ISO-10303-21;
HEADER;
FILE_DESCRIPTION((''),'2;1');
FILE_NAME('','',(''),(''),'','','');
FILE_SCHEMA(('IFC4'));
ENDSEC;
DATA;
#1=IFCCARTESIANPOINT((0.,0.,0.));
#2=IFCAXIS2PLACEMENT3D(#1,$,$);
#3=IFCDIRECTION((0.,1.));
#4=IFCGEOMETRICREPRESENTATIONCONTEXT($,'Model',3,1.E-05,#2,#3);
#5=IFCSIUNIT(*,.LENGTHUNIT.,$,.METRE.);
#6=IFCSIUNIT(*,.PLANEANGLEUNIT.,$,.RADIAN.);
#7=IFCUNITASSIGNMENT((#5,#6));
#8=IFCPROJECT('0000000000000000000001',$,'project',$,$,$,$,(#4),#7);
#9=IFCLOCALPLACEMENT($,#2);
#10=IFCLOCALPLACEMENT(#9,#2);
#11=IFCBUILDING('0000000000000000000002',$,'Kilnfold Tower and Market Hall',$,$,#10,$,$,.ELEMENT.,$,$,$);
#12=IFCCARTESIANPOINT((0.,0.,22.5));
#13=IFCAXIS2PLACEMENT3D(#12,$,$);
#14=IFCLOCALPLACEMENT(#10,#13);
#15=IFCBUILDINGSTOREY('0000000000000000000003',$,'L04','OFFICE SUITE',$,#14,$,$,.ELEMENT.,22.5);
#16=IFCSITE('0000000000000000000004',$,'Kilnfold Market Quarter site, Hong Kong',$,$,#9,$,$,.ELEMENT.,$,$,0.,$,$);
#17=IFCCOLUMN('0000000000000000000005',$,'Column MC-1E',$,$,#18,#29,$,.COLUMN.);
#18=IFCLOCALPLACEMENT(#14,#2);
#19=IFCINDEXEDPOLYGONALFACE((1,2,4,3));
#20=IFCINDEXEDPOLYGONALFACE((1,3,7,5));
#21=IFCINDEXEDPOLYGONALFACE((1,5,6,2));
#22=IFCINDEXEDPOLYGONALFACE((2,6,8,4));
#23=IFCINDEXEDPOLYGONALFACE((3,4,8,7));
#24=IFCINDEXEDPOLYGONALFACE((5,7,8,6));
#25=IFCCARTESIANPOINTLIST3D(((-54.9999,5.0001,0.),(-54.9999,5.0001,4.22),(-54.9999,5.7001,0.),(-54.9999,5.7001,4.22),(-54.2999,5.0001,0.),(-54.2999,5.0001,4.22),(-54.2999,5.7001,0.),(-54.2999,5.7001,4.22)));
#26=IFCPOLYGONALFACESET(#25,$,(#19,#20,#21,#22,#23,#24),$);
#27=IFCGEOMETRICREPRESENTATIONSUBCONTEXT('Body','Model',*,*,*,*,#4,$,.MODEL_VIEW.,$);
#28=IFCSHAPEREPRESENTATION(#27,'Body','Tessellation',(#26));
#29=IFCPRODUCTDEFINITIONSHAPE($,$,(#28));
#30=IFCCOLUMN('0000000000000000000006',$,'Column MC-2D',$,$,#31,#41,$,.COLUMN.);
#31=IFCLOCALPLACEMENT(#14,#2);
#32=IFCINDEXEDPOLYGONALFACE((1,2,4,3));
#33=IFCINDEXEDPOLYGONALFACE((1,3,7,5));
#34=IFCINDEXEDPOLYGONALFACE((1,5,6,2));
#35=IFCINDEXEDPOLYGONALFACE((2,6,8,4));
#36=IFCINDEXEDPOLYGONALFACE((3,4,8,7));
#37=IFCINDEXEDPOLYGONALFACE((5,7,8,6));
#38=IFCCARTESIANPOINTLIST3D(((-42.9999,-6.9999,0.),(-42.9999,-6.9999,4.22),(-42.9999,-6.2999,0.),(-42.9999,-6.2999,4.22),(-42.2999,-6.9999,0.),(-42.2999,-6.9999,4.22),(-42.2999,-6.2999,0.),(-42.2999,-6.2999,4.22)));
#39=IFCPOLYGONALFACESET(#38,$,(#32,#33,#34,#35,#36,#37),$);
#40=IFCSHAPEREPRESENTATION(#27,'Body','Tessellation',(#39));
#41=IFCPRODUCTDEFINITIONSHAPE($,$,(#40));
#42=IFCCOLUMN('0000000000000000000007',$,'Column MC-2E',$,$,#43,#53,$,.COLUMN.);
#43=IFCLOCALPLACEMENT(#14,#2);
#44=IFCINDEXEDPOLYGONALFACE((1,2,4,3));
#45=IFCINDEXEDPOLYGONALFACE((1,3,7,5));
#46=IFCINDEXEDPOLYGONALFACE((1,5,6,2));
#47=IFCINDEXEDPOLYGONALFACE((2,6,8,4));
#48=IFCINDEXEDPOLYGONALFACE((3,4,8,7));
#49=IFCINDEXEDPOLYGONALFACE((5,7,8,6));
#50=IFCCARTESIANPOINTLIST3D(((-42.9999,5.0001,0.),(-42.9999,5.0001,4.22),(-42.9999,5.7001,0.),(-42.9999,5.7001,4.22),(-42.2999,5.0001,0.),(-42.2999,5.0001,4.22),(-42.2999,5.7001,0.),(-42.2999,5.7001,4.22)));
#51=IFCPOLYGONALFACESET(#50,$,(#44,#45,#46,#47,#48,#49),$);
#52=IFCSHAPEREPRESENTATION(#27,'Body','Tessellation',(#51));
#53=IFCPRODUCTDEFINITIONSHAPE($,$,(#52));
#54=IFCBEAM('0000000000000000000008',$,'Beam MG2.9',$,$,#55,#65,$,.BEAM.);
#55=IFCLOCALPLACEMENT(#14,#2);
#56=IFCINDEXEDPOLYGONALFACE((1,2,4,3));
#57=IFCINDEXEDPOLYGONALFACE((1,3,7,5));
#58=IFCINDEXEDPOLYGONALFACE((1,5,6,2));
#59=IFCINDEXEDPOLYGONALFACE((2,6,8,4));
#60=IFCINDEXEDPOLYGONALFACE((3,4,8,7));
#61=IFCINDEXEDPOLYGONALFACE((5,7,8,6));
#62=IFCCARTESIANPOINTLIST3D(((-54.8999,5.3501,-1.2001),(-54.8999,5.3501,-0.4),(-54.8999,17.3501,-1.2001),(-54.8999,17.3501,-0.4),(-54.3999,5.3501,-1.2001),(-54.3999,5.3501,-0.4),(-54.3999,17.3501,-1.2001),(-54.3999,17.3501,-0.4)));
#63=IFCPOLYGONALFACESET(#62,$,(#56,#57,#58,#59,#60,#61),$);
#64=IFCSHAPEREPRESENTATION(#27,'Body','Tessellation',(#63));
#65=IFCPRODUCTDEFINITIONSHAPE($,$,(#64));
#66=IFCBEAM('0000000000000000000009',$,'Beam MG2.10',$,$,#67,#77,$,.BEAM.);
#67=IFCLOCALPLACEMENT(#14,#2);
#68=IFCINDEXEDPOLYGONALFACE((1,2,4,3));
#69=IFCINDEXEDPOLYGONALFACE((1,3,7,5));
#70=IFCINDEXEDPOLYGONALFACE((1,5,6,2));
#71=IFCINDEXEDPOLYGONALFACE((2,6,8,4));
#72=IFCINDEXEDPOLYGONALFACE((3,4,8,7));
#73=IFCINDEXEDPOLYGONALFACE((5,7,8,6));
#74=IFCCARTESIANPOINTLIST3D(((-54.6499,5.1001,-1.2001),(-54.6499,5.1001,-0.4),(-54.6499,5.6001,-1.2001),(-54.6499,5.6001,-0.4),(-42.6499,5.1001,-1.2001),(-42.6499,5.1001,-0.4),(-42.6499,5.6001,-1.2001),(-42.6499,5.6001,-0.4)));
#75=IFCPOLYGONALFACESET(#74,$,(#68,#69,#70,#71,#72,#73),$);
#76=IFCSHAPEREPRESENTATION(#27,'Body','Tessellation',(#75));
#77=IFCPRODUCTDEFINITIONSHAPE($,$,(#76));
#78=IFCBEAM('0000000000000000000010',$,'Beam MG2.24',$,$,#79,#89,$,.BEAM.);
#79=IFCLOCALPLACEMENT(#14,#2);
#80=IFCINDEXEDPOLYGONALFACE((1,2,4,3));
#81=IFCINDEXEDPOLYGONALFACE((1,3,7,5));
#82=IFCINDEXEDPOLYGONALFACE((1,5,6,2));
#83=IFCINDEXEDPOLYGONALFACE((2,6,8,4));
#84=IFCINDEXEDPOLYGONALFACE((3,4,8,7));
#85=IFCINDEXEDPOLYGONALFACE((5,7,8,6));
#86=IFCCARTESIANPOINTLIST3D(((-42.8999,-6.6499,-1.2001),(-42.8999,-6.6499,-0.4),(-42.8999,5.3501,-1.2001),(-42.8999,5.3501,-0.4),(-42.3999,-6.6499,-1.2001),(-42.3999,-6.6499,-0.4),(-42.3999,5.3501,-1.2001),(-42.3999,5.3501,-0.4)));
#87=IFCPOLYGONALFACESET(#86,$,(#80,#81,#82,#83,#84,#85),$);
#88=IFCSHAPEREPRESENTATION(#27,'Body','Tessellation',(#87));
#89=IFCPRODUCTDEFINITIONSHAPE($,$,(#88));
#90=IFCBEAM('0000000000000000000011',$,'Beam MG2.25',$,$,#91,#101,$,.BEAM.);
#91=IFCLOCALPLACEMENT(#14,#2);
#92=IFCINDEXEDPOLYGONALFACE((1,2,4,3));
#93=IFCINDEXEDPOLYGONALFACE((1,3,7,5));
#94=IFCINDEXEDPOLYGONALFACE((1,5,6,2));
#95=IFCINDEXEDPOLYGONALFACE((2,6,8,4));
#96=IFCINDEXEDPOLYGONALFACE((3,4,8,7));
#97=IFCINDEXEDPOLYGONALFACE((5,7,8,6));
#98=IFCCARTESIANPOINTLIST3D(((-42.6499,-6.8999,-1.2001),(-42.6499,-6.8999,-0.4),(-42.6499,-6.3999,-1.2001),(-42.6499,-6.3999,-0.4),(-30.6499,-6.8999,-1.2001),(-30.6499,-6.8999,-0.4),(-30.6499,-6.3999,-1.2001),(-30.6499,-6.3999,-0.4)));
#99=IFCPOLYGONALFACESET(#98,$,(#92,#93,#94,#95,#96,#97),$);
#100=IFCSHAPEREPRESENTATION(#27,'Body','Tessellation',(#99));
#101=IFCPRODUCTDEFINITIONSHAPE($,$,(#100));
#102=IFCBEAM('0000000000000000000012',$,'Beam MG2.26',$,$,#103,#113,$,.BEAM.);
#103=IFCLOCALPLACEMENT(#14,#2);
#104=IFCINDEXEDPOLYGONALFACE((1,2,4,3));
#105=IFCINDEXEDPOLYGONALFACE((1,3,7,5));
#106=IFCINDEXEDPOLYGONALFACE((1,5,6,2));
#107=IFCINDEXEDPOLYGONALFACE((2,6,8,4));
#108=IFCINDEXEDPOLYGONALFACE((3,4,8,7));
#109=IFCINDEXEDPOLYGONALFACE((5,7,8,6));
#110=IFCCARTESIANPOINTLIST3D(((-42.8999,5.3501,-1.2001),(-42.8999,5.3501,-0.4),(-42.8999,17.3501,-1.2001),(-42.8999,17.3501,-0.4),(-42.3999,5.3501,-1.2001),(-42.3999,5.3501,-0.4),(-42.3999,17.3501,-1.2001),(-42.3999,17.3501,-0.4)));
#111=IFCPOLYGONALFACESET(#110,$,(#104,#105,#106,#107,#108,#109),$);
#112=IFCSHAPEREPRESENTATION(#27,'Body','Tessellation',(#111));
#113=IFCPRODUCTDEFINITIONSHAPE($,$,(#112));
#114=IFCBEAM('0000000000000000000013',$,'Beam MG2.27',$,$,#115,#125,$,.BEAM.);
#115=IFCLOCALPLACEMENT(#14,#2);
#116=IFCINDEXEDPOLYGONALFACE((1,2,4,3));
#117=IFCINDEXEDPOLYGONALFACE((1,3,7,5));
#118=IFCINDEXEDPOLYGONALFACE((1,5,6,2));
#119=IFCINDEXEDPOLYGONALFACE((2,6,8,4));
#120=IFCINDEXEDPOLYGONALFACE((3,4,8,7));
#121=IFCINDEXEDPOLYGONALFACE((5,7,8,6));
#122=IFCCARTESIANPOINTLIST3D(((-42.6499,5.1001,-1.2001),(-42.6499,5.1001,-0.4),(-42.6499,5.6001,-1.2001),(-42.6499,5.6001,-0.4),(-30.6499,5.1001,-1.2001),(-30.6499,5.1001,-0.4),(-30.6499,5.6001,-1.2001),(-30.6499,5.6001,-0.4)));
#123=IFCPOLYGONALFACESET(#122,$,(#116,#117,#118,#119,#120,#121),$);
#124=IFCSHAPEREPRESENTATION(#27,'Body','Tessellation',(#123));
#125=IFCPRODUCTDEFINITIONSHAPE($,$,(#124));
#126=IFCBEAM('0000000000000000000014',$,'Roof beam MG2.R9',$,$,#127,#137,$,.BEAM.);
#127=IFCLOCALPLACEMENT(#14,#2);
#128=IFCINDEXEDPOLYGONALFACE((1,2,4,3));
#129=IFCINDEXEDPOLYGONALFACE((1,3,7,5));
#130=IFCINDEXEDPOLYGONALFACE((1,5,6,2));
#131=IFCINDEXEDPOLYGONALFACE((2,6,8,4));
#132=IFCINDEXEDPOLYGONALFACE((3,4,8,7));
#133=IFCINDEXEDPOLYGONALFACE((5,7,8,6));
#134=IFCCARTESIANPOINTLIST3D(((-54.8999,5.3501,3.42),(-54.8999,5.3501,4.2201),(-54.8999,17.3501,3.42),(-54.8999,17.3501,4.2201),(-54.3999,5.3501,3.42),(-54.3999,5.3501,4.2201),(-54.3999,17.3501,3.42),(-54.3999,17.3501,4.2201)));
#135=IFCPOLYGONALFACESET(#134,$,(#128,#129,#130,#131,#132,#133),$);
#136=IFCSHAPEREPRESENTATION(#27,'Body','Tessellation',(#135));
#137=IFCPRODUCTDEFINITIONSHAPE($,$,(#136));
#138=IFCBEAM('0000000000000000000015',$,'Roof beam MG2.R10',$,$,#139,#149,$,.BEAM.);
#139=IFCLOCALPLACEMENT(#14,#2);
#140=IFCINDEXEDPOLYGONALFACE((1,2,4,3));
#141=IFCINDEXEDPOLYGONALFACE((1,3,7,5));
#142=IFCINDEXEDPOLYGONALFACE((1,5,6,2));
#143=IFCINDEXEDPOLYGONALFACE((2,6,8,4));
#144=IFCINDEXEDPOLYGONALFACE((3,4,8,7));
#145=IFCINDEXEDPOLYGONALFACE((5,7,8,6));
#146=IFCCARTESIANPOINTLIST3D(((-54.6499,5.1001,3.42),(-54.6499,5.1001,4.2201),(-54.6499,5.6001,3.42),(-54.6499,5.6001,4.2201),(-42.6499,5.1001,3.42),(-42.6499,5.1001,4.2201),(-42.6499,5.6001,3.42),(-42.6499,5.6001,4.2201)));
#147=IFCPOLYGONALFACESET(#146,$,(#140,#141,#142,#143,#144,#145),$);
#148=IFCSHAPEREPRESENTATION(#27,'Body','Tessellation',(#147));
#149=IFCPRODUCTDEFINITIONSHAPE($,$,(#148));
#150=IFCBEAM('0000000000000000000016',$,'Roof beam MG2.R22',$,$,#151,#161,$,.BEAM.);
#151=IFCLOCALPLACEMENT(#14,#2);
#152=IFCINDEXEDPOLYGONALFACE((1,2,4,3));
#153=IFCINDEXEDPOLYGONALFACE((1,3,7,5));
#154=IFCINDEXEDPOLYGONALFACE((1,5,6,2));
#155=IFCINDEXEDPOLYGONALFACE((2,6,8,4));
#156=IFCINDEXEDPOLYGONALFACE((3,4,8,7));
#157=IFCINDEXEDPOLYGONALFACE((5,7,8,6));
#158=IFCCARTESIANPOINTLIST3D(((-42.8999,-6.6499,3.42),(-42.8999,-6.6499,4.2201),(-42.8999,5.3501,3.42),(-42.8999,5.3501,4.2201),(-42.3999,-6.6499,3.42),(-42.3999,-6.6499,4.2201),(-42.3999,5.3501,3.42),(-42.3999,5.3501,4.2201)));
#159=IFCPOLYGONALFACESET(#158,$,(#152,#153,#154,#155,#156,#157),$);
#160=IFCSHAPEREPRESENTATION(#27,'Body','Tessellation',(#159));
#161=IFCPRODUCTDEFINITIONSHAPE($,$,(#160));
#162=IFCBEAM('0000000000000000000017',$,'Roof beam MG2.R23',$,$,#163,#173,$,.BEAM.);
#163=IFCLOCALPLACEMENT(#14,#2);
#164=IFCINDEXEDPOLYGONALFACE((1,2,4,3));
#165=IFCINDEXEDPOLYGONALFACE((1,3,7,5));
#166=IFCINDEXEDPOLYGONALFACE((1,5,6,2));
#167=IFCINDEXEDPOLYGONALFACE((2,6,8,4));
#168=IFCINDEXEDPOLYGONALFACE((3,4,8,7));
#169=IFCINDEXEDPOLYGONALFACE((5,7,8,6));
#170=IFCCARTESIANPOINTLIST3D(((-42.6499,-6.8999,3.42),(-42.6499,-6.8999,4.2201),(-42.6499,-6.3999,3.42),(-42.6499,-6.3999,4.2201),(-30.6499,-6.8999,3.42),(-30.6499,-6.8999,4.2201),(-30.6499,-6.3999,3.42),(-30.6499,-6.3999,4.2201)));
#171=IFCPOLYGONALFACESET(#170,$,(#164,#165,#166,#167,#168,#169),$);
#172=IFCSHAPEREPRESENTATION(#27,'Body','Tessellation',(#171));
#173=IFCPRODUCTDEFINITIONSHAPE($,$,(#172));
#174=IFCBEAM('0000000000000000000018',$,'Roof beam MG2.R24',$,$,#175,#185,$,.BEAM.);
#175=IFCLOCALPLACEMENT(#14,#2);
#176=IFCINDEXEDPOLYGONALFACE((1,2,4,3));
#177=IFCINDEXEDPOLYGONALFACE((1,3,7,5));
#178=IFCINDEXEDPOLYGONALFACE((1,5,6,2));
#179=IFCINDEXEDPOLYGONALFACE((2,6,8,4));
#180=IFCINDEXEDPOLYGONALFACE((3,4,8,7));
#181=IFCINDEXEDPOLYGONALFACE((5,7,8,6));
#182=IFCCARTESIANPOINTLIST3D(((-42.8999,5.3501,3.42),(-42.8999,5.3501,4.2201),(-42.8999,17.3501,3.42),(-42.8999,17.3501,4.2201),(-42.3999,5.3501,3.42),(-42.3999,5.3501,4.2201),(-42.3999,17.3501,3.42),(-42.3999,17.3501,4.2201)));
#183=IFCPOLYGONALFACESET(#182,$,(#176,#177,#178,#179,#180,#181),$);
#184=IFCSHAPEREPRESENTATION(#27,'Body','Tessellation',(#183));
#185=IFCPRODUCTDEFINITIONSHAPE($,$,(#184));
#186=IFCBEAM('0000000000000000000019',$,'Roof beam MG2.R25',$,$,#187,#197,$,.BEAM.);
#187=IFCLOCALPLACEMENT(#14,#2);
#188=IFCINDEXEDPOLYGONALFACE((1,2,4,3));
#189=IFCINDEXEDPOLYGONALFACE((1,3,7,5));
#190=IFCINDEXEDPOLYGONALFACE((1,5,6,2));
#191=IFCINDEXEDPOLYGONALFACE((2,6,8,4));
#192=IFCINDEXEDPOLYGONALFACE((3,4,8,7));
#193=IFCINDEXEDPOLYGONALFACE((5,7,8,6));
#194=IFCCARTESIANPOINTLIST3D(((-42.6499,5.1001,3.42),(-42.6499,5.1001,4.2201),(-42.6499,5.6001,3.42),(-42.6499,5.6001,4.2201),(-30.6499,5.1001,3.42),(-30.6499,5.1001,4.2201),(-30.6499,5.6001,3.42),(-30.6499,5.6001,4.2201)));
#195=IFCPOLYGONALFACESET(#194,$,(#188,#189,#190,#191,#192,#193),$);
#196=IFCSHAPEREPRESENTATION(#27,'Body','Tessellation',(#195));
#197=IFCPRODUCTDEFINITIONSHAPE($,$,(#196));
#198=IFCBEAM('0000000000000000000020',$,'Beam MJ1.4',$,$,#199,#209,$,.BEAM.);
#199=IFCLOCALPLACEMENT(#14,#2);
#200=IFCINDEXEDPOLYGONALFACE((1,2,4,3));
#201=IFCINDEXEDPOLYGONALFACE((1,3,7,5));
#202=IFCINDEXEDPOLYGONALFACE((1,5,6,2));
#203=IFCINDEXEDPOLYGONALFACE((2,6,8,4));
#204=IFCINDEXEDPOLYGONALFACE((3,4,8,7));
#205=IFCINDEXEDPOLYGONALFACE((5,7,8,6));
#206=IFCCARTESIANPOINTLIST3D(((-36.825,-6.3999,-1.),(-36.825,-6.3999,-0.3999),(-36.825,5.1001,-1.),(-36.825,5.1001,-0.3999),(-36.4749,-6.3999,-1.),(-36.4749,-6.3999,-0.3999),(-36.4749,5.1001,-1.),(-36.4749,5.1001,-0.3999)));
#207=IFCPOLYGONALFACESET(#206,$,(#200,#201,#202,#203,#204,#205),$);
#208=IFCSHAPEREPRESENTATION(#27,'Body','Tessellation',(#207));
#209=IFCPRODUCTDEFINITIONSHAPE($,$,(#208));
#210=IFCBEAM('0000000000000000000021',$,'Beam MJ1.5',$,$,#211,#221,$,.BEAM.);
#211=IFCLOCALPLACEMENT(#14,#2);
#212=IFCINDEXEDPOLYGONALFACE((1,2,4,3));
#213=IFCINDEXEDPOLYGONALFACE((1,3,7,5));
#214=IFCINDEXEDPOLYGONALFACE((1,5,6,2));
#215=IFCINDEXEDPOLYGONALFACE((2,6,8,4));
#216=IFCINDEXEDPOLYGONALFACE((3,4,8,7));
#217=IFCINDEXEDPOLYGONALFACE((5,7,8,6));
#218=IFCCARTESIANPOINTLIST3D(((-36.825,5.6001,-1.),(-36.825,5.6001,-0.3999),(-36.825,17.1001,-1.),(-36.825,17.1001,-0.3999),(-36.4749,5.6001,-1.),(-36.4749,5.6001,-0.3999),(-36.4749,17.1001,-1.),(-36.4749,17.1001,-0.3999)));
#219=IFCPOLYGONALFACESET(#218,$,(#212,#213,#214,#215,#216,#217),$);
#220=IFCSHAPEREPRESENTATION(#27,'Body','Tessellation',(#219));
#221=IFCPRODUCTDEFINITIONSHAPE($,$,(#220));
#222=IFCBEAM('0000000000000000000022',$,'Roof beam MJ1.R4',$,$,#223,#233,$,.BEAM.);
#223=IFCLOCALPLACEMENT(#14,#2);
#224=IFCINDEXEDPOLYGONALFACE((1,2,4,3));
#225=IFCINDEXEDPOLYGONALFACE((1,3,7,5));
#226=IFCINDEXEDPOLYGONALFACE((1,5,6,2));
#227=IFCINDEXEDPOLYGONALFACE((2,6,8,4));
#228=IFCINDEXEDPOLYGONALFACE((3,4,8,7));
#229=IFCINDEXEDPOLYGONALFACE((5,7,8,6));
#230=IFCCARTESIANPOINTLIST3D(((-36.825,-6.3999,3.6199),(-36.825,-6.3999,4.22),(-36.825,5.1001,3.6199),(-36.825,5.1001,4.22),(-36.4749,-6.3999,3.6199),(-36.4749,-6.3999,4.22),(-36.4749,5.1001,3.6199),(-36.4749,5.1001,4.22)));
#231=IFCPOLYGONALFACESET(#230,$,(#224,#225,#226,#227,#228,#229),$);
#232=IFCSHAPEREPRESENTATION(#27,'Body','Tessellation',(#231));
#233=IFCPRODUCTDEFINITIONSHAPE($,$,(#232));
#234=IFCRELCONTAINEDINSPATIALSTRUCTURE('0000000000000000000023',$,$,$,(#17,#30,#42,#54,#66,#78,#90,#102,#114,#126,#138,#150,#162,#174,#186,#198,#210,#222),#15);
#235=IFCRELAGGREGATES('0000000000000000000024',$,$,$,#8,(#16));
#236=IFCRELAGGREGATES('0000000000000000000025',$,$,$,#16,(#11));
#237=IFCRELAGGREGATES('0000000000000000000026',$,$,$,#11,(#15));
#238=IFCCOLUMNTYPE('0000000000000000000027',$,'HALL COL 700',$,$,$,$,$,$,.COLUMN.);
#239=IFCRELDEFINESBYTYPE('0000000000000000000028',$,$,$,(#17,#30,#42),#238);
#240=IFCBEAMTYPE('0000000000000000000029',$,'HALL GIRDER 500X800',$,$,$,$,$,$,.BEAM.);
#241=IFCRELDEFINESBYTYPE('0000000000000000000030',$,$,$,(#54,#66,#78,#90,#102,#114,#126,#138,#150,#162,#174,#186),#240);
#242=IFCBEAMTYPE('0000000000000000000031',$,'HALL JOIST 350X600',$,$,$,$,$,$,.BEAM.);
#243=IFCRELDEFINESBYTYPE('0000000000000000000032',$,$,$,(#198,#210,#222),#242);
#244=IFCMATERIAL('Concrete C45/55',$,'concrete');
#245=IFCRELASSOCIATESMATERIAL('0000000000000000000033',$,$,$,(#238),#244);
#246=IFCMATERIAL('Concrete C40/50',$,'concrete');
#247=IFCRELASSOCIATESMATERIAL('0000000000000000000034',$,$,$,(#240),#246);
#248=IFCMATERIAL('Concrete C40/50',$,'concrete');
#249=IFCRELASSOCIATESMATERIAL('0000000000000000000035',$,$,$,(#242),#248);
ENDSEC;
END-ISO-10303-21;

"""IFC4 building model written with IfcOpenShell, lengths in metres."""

from ifc_helpers import new_model, si_unit, direction, frame, origin, origin_2d, place, context, subcontext, project, spatial, rectangle, extrude, source, transform, mapped, material, material_profile, profile_set, type_object, element, save


model = new_model("IFC4")

# Units and contexts
model_context = context("Model", 3, precision=1e-05, world=origin(), true_north=direction((0.0, 1.0)))
body_context = subcontext(model_context, "Body", "Model", "MODEL_VIEW")
ifc_project = project(units=[si_unit("LENGTHUNIT", "METRE"), si_unit("PLANEANGLEUNIT", "RADIAN")], contexts=[model_context])

# Site, building, storey
site_placement = place(None, origin())
site = spatial("IfcSite", under=ifc_project, at=site_placement, Name="Kilnfold Market Quarter site, Hong Kong", CompositionType="ELEMENT", RefElevation=0.0)
building_placement = place(site_placement, origin())
building = spatial("IfcBuilding", under=site, at=building_placement, Name="Kilnfold Tower and Market Hall", CompositionType="ELEMENT")
storey_placement = place(building_placement, frame((0.0, 0.0, 22.5)))
storey = spatial("IfcBuildingStorey", under=building, at=storey_placement, Name="L04", Description="OFFICE SUITE", CompositionType="ELEMENT", Elevation=22.5)

# Columns
ifc_material_1 = material(Name="Concrete C45/55", Category="concrete")
ifc_material_profile_1 = material_profile(ifc_material_1, rectangle(XDim=0.7, YDim=0.7, at=origin_2d()), Name="RC 700x700")
ifc_profile_set_1 = profile_set([ifc_material_profile_1], Name="Concrete C45/55")
column_type = type_object("IfcColumnType", Name="HALL COL 700", PredefinedType="COLUMN", material=ifc_profile_set_1)
shared_shape_1 = source(origin(), body_context, "Body", "SweptSolid", [
    extrude(rectangle(XDim=0.7, YDim=0.7, at=origin_2d()), origin(), (0.0, 0.0, 1.0), 4.22),
])
for number, where, z_axis, x_axis, name in (
    (1, (-54.6499, 5.3501, 0.0), (0.0, 0.0, 1.0), (1.0, 0.0, 0.0), "Column MC-1E"),
    (2, (-42.6499, -6.6499, 0.0), (0.0, 0.0, 1.0), (1.0, 0.0, 0.0), "Column MC-2D"),
    (3, (-42.6499, 5.3501, 0.0), (0.0, 0.0, 1.0), (1.0, 0.0, 0.0), "Column MC-2E"),
):
    element("IfcColumn", number, at=place(storey_placement, frame(where, z_axis=z_axis, x_axis=x_axis)), inside=storey, type_object=column_type, Name=name, PredefinedType="COLUMN", context=body_context, shape_type="MappedRepresentation", body=[
        mapped(shared_shape_1, transform((0.0, 0.0, 0.0))),
    ])

# Beams
ifc_material_2 = material(Name="Concrete C40/50", Category="concrete")
ifc_material_profile_2 = material_profile(ifc_material_2, rectangle(XDim=0.5, YDim=0.8, at=origin_2d()), Name="RC 500x800")
ifc_profile_set_2 = profile_set([ifc_material_profile_2], Name="Concrete C40/50")
beam_type_1 = type_object("IfcBeamType", Name="HALL GIRDER 500X800", PredefinedType="BEAM", material=ifc_profile_set_2)
for number, where, z_axis, x_axis, name in (
    (4, (-54.6499, 5.3501, -0.8), (0.0, 1.0, 0.0), (-1.0, 0.0, 0.0), "Beam MG2.9"),
    (5, (-54.6499, 5.3501, -0.8), (1.0, 0.0, 0.0), (0.0, 1.0, 0.0), "Beam MG2.10"),
    (6, (-42.6499, -6.6499, -0.8), (0.0, 1.0, 0.0), (-1.0, 0.0, 0.0), "Beam MG2.24"),
    (7, (-42.6499, -6.6499, -0.8), (1.0, 0.0, 0.0), (0.0, 1.0, 0.0), "Beam MG2.25"),
    (8, (-42.6499, 5.3501, -0.8), (0.0, 1.0, 0.0), (-1.0, 0.0, 0.0), "Beam MG2.26"),
    (9, (-42.6499, 5.3501, -0.8), (1.0, 0.0, 0.0), (0.0, 1.0, 0.0), "Beam MG2.27"),
    (10, (-54.6499, 5.3501, 3.8201), (0.0, 1.0, 0.0), (-1.0, 0.0, 0.0), "Roof beam MG2.R9"),
    (11, (-54.6499, 5.3501, 3.8201), (1.0, 0.0, 0.0), (0.0, 1.0, 0.0), "Roof beam MG2.R10"),
    (12, (-42.6499, -6.6499, 3.8201), (0.0, 1.0, 0.0), (-1.0, 0.0, 0.0), "Roof beam MG2.R22"),
    (13, (-42.6499, -6.6499, 3.8201), (1.0, 0.0, 0.0), (0.0, 1.0, 0.0), "Roof beam MG2.R23"),
    (14, (-42.6499, 5.3501, 3.8201), (0.0, 1.0, 0.0), (-1.0, 0.0, 0.0), "Roof beam MG2.R24"),
    (15, (-42.6499, 5.3501, 3.8201), (1.0, 0.0, 0.0), (0.0, 1.0, 0.0), "Roof beam MG2.R25"),
):
    element("IfcBeam", number, at=place(storey_placement, frame(where, z_axis=z_axis, x_axis=x_axis)), inside=storey, type_object=beam_type_1, Name=name, PredefinedType="BEAM", context=body_context, shape_type="SweptSolid", body=[
        extrude(rectangle(XDim=0.5, YDim=0.8, at=origin_2d()), origin(), (0.0, 0.0, 1.0), 12.0),
    ])
ifc_material_3 = material(Name="Concrete C40/50", Category="concrete")
ifc_material_profile_3 = material_profile(ifc_material_3, rectangle(XDim=0.3501, YDim=0.6001, at=origin_2d()), Name="RC 350x600")
ifc_profile_set_3 = profile_set([ifc_material_profile_3], Name="Concrete C40/50")
beam_type_2 = type_object("IfcBeamType", Name="HALL JOIST 350X600", PredefinedType="BEAM", material=ifc_profile_set_3)
for number, where, z_axis, x_axis, name in (
    (16, (-36.6499, -6.3999, -0.7), (0.0, 1.0, 0.0), (-1.0, 0.0, 0.0), "Beam MJ1.4"),
    (17, (-36.6499, 5.6001, -0.7), (0.0, 1.0, 0.0), (-1.0, 0.0, 0.0), "Beam MJ1.5"),
    (18, (-36.6499, -6.3999, 3.9199), (0.0, 1.0, 0.0), (-1.0, 0.0, 0.0), "Roof beam MJ1.R4"),
):
    element("IfcBeam", number, at=place(storey_placement, frame(where, z_axis=z_axis, x_axis=x_axis)), inside=storey, type_object=beam_type_2, Name=name, PredefinedType="BEAM", context=body_context, shape_type="SweptSolid", body=[
        extrude(rectangle(XDim=0.3501, YDim=0.6001, at=origin_2d()), origin(), (0.0, 0.0, 1.0), 11.5),
    ])

save(model, "model.ifc")
